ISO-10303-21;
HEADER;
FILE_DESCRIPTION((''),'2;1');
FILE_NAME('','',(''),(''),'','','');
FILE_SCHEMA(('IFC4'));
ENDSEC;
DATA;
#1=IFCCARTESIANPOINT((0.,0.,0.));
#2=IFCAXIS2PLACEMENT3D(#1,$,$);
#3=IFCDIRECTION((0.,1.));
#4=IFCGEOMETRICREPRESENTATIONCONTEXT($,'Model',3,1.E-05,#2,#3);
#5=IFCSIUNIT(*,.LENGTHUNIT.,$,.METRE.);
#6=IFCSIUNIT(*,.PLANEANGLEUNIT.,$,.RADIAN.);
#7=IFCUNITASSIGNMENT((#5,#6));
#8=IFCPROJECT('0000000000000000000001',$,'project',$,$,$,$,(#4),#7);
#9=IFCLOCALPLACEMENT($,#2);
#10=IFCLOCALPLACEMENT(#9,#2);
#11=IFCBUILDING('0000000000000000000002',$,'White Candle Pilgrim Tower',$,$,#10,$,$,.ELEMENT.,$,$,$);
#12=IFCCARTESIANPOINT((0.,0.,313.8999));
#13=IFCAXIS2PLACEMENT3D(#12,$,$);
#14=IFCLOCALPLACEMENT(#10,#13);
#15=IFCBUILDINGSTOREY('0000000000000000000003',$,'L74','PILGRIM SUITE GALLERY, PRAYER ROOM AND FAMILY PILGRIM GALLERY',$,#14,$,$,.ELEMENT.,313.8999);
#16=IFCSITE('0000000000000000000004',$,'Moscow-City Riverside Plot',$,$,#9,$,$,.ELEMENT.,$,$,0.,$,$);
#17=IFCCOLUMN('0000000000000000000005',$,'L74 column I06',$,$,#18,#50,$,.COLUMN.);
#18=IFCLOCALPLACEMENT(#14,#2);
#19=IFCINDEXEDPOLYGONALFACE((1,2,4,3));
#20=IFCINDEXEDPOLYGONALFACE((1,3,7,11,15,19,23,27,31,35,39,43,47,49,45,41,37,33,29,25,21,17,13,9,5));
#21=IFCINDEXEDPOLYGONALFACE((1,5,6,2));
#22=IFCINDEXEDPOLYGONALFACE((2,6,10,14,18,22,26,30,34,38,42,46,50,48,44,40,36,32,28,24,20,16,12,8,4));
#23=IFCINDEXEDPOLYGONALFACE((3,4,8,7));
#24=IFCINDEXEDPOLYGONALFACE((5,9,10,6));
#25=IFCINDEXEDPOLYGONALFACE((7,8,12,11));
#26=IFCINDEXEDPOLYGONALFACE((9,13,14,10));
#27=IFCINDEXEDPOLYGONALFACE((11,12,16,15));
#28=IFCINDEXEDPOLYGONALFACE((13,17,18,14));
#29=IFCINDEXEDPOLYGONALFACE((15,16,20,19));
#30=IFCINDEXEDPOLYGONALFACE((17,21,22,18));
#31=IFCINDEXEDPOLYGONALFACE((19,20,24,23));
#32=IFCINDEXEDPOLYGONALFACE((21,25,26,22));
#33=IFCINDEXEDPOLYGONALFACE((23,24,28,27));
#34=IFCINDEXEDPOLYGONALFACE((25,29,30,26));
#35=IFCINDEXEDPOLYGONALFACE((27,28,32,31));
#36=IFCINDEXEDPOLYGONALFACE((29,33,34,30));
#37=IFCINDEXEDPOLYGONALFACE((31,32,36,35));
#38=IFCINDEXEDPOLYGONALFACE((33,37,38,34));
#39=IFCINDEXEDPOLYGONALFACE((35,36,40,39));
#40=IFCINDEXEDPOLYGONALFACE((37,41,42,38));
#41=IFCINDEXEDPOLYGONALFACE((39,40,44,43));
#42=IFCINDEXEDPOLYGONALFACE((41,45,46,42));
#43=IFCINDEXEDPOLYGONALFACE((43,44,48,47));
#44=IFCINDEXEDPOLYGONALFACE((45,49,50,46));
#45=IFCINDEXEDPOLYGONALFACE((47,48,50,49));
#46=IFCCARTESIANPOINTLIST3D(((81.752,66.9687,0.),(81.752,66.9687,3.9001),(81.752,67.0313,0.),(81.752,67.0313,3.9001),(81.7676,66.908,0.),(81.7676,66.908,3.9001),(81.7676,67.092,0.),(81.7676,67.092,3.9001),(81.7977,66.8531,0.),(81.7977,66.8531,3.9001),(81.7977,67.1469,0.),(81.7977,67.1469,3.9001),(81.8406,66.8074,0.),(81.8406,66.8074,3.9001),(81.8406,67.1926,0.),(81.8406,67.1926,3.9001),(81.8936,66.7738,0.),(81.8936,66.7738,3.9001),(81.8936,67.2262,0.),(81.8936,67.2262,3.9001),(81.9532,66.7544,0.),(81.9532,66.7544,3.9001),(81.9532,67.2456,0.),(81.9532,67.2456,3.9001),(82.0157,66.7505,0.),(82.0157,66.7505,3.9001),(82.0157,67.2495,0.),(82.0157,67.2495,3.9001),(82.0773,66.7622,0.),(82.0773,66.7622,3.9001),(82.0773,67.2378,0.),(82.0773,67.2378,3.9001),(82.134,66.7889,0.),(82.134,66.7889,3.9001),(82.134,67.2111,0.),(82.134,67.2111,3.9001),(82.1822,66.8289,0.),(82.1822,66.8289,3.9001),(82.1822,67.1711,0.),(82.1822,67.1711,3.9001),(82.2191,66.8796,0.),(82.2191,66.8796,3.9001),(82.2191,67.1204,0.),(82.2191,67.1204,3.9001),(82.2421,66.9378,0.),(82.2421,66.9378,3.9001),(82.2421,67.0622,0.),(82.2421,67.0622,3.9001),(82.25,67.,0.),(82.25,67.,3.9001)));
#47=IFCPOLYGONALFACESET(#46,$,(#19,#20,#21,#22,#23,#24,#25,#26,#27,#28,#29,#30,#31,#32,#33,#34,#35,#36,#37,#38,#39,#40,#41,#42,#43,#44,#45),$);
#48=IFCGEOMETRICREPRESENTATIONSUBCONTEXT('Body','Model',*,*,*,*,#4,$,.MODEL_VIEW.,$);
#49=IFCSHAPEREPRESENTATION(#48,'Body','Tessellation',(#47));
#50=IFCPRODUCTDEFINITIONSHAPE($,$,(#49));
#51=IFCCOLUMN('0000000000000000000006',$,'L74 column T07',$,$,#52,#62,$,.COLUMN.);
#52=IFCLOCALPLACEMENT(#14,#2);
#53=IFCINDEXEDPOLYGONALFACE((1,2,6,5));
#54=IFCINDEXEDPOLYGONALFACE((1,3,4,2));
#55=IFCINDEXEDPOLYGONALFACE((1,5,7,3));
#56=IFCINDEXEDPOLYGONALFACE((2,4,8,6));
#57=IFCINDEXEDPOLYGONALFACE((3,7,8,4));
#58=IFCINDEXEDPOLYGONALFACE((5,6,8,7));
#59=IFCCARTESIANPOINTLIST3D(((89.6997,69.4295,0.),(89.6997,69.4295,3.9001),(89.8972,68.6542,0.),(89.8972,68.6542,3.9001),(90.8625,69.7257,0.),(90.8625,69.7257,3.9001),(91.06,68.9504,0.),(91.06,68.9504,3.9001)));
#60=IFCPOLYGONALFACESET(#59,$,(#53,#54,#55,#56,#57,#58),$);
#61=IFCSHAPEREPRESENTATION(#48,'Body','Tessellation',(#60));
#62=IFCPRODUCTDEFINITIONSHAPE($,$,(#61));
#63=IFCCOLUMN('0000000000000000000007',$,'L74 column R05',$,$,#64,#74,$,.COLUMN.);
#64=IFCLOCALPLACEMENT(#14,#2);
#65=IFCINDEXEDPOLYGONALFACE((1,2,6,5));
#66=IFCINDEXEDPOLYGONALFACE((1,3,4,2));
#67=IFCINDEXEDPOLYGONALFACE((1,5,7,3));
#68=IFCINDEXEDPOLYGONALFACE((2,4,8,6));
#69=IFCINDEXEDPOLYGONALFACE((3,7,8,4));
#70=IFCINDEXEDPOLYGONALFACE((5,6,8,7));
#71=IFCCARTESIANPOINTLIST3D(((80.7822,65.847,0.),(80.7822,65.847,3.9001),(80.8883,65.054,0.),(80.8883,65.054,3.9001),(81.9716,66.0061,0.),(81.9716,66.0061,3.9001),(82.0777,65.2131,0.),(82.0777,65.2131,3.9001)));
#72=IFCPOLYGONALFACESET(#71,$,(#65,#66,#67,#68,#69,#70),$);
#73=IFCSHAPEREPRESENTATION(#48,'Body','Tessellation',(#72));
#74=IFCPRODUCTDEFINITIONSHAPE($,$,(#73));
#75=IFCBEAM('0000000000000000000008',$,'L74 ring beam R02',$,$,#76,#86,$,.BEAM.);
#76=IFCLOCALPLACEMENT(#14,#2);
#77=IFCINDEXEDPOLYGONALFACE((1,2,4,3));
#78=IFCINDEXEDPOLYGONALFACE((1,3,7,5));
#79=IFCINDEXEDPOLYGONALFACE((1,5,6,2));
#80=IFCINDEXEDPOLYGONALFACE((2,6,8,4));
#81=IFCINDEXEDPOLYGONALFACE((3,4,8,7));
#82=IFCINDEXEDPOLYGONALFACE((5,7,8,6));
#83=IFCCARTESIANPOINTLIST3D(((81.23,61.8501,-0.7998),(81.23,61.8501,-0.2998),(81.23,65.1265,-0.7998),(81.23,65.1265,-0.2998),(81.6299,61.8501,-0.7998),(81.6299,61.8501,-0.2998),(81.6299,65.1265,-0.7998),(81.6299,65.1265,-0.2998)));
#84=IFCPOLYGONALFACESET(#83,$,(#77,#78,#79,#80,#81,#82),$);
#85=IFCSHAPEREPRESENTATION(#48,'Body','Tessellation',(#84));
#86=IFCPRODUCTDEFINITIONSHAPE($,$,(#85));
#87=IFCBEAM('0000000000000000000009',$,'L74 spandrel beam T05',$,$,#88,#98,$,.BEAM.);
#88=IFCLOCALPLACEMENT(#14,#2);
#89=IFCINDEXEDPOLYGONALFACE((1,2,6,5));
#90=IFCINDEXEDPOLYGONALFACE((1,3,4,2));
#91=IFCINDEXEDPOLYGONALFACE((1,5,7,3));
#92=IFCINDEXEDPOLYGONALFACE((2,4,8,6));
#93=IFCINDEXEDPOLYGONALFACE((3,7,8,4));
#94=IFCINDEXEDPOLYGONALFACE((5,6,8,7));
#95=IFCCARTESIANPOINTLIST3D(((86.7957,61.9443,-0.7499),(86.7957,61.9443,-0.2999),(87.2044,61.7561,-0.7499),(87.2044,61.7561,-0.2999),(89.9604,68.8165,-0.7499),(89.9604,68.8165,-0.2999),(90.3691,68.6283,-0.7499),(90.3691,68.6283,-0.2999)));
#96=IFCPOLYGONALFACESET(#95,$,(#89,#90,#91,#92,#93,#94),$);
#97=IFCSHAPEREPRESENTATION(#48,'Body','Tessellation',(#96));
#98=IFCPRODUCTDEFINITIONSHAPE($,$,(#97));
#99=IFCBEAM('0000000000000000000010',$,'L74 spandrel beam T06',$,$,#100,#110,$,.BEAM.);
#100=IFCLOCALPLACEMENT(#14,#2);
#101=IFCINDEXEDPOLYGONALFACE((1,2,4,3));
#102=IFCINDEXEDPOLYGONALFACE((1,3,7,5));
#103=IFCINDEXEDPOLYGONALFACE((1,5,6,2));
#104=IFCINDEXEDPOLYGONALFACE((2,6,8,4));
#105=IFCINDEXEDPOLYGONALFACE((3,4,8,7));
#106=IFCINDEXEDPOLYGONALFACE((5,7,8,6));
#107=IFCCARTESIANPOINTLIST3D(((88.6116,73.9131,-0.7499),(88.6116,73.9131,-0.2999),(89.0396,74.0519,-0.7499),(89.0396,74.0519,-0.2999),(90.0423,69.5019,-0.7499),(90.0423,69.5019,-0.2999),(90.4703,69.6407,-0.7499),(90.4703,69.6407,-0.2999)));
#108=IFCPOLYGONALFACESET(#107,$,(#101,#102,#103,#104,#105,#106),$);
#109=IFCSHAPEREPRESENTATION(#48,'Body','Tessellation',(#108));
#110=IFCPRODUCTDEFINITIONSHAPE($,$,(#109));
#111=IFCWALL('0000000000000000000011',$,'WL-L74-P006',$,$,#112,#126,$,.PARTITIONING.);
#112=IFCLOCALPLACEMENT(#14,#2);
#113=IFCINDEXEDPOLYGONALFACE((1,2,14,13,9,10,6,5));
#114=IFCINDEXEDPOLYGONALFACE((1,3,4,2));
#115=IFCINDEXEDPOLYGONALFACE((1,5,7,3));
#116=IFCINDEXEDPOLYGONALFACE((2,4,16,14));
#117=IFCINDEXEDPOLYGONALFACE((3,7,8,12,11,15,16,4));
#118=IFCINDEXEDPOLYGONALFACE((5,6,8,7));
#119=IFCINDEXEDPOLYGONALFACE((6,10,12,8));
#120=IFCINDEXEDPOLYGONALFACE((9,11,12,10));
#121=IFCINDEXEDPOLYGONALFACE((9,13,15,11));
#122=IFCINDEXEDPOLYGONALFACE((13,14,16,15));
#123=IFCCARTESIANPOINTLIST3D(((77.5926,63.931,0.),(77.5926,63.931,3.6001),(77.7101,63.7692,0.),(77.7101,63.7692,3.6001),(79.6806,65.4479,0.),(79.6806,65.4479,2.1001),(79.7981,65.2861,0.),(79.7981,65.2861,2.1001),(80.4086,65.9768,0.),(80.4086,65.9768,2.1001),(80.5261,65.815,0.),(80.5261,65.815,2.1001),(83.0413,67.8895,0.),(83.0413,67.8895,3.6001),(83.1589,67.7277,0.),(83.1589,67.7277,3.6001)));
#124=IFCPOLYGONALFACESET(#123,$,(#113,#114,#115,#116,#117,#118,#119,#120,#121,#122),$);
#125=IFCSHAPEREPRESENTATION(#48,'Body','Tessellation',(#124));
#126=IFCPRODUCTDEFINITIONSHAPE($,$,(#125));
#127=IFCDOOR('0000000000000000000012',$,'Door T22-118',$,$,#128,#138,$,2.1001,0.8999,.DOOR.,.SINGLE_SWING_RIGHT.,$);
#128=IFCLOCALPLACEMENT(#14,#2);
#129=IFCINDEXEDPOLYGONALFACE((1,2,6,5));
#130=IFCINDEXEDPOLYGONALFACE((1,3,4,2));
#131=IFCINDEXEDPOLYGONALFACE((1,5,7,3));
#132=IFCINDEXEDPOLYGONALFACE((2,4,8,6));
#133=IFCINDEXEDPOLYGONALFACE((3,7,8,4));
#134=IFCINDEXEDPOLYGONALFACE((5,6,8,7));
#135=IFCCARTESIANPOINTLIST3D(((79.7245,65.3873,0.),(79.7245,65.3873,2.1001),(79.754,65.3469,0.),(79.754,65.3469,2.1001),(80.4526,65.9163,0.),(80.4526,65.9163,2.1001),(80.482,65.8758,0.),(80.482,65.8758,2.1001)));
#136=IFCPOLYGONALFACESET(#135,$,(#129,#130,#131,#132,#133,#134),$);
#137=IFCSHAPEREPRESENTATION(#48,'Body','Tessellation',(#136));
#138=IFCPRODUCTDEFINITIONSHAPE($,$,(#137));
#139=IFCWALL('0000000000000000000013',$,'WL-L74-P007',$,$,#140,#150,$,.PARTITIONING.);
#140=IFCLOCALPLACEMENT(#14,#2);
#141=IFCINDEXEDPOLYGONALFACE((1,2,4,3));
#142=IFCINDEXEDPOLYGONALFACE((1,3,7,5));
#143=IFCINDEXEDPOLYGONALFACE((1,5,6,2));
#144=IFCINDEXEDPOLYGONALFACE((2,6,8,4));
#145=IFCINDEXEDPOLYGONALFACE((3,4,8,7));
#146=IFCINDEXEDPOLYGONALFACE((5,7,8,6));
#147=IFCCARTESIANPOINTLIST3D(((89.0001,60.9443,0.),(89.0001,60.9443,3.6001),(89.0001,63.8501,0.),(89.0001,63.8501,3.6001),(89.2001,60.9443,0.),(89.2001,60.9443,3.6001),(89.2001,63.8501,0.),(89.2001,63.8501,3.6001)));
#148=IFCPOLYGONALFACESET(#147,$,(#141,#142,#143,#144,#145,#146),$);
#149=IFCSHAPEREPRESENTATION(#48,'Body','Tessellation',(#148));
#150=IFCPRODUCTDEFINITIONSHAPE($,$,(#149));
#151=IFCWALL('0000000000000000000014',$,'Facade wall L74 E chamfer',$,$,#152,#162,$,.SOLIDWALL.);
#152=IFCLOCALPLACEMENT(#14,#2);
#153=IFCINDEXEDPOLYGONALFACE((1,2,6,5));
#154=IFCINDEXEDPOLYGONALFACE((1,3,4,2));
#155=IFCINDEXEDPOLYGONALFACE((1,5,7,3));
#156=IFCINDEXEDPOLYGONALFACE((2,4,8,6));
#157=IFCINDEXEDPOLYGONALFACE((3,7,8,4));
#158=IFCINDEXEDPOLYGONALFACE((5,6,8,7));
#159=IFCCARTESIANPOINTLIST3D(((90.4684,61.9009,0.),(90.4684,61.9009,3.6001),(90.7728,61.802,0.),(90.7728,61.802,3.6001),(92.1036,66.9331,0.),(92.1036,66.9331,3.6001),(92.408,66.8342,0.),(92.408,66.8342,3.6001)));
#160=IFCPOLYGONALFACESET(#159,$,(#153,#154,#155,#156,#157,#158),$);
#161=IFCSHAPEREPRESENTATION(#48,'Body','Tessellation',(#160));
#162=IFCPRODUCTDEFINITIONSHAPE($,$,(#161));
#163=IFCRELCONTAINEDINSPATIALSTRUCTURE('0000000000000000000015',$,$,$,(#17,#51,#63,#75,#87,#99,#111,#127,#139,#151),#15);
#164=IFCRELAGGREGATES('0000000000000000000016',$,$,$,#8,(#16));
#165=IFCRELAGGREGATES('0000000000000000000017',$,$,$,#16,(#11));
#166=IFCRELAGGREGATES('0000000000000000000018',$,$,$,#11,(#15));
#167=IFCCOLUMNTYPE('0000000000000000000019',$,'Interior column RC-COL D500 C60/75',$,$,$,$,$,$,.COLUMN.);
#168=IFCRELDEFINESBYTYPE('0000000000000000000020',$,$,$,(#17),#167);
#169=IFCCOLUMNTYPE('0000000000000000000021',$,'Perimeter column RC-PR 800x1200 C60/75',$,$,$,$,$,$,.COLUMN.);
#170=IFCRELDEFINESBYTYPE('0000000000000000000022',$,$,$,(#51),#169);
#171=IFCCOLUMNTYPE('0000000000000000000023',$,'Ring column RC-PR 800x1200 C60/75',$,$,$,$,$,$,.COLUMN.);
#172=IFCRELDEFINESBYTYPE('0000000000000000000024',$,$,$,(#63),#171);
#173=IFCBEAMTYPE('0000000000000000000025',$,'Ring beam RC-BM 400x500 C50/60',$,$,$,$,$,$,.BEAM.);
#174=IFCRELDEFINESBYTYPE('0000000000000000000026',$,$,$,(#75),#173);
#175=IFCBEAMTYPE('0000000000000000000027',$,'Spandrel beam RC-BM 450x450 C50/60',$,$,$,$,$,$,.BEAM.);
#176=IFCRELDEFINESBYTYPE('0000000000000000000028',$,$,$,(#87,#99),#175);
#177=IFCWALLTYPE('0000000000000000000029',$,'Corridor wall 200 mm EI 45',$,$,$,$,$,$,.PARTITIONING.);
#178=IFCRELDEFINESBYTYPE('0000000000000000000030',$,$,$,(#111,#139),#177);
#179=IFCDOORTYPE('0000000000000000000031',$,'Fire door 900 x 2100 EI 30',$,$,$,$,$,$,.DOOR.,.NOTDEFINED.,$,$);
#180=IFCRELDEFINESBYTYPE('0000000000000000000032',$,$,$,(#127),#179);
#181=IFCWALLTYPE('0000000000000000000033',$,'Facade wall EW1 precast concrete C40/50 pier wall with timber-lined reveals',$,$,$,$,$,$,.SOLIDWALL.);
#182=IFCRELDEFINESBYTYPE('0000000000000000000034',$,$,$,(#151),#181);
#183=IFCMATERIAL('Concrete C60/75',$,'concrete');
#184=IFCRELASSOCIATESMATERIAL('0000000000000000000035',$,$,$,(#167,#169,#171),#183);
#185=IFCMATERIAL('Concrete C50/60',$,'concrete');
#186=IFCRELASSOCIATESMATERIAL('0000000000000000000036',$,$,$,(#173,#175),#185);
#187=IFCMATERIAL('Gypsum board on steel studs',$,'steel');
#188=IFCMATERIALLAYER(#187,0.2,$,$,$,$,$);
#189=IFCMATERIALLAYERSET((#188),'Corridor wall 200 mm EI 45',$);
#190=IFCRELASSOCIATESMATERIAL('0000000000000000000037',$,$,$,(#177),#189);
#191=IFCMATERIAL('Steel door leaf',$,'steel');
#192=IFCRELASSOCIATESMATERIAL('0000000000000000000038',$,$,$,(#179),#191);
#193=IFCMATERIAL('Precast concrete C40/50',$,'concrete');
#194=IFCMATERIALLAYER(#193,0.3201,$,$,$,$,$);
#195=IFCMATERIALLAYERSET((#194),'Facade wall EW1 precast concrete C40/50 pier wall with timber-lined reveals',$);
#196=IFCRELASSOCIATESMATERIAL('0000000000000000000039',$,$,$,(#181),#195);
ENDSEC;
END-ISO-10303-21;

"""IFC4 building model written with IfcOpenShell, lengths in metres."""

from ifc_helpers import new_model, si_unit, direction, frame, frame_2d, origin, origin_2d, place, context, subcontext, project, spatial, rectangle, circle, extrude, material, layer, layer_set, material_profile, profile_set, type_object, element, fill, save


model = new_model("IFC4")

# Units and contexts
model_context = context("Model", 3, precision=1e-05, world=origin(), true_north=direction((0.0, 1.0)))
body_context = subcontext(model_context, "Body", "Model", "MODEL_VIEW")
ifc_project = project(units=[si_unit("LENGTHUNIT", "METRE"), si_unit("PLANEANGLEUNIT", "RADIAN")], contexts=[model_context])

# Site, building, storey
site_placement = place(None, origin())
site = spatial("IfcSite", under=ifc_project, at=site_placement, Name="Moscow-City Riverside Plot", CompositionType="ELEMENT", RefElevation=0.0)
building_placement = place(site_placement, origin())
building = spatial("IfcBuilding", under=site, at=building_placement, Name="White Candle Pilgrim Tower", CompositionType="ELEMENT")
storey_placement = place(building_placement, frame((0.0, 0.0, 313.8999)))
storey = spatial("IfcBuildingStorey", under=building, at=storey_placement, Name="L74", Description="PILGRIM SUITE GALLERY, PRAYER ROOM AND FAMILY PILGRIM GALLERY", CompositionType="ELEMENT", Elevation=313.8999)

# Columns
ifc_material_1 = material(Name="Concrete C60/75", Category="concrete")
ifc_material_profile_1 = material_profile(ifc_material_1, circle(Radius=0.25, at=origin_2d()), Name="RC-COL D500")
ifc_profile_set_1 = profile_set([ifc_material_profile_1], Name="Concrete C60/75")
column_type_1 = type_object("IfcColumnType", Name="Interior column RC-COL D500 C60/75", PredefinedType="COLUMN", material=ifc_profile_set_1)
column_1_placement = place(storey_placement, frame((82.0, 67.0, 0.0), z_axis=(0.0, 0.0, 1.0), x_axis=(1.0, 0.0, 0.0)))
element("IfcColumn", 1, at=column_1_placement, inside=storey, type_object=column_type_1, Name="L74 column I06", PredefinedType="COLUMN", context=body_context, shape_type="SweptSolid", body=[
    extrude(circle(Radius=0.25, at=origin_2d()), origin(), (0.0, 0.0, 1.0), 3.9001),
])
ifc_material_profile_2 = material_profile(ifc_material_1, rectangle(XDim=0.8, YDim=1.2, at=origin_2d()), Name="RC-PR 800x1200")
ifc_profile_set_2 = profile_set([ifc_material_profile_2], Name="Concrete C60/75")
column_type_2 = type_object("IfcColumnType", Name="Perimeter column RC-PR 800x1200 C60/75", PredefinedType="COLUMN", material=ifc_profile_set_2)
column_2_placement = place(storey_placement, frame((90.3799, 69.1899, 0.0), z_axis=(0.0, 0.0, 1.0), x_axis=(0.246881, -0.969046, 0.0)))
element("IfcColumn", 2, at=column_2_placement, inside=storey, type_object=column_type_2, Name="L74 column T07", PredefinedType="COLUMN", context=body_context, shape_type="SweptSolid", body=[
    extrude(rectangle(XDim=0.8, YDim=1.2, at=origin_2d()), origin(), (0.0, 0.0, 1.0), 3.9001),
])
ifc_material_profile_3 = material_profile(ifc_material_1, rectangle(XDim=0.8, YDim=1.2, at=origin_2d()), Name="RC-PR 800x1200")
ifc_profile_set_3 = profile_set([ifc_material_profile_3], Name="Concrete C60/75")
column_type_3 = type_object("IfcColumnType", Name="Ring column RC-PR 800x1200 C60/75", PredefinedType="COLUMN", material=ifc_profile_set_3)
column_3_placement = place(storey_placement, frame((81.4299, 65.53, 0.0), z_axis=(0.0, 0.0, 1.0), x_axis=(0.132602, -0.991169, 0.0)))
element("IfcColumn", 3, at=column_3_placement, inside=storey, type_object=column_type_3, Name="L74 column R05", PredefinedType="COLUMN", context=body_context, shape_type="SweptSolid", body=[
    extrude(rectangle(XDim=0.8, YDim=1.2, at=origin_2d()), origin(), (0.0, 0.0, 1.0), 3.9001),
])

# Beams
ifc_material_2 = material(Name="Concrete C50/60", Category="concrete")
ifc_material_profile_4 = material_profile(ifc_material_2, rectangle(XDim=0.3999, YDim=0.5, at=origin_2d()), Name="RC-BM 400x500")
ifc_profile_set_4 = profile_set([ifc_material_profile_4], Name="Concrete C50/60")
beam_type_1 = type_object("IfcBeamType", Name="Ring beam RC-BM 400x500 C50/60", PredefinedType="BEAM", material=ifc_profile_set_4)
beam_1_placement = place(storey_placement, frame((81.4299, 65.1265, -0.5498), z_axis=(0.0, -1.0, 0.0), x_axis=(1.0, 0.0, 0.0)))
element("IfcBeam", 4, at=beam_1_placement, inside=storey, type_object=beam_type_1, Name="L74 ring beam R02", PredefinedType="BEAM", context=body_context, shape_type="SweptSolid", body=[
    extrude(rectangle(XDim=0.3999, YDim=0.5, at=origin_2d()), origin(), (0.0, 0.0, 1.0), 3.2764),
])
ifc_material_profile_5 = material_profile(ifc_material_2, rectangle(XDim=0.45, YDim=0.45, at=origin_2d()), Name="RC-BM 450x450")
ifc_profile_set_5 = profile_set([ifc_material_profile_5], Name="Concrete C50/60")
beam_type_2 = type_object("IfcBeamType", Name="Spandrel beam RC-BM 450x450 C50/60", PredefinedType="BEAM", material=ifc_profile_set_5)
beam_2_placement = place(storey_placement, frame((90.1648, 68.7224, -0.5249), z_axis=(-0.418291, -0.908313, 0.0), x_axis=(0.908313, -0.418291, 0.0)))
element("IfcBeam", 5, at=beam_2_placement, inside=storey, type_object=beam_type_2, Name="L74 spandrel beam T05", PredefinedType="BEAM", context=body_context, shape_type="SweptSolid", body=[
    extrude(rectangle(XDim=0.45, YDim=0.45, at=origin_2d()), origin(), (0.0, 0.0, 1.0), 7.5659),
])
beam_3_placement = place(storey_placement, frame((90.2563, 69.5713, -0.5249), z_axis=(-0.30851, 0.951221, 0.0), x_axis=(-0.951221, -0.30851, 0.0)))
element("IfcBeam", 6, at=beam_3_placement, inside=storey, type_object=beam_type_2, Name="L74 spandrel beam T06", PredefinedType="BEAM", context=body_context, shape_type="SweptSolid", body=[
    extrude(rectangle(XDim=0.45, YDim=0.45, at=origin_2d()), origin(), (0.0, 0.0, 1.0), 4.6375),
])

# Wall, opening, door
ifc_material_3 = material(Name="Gypsum board on steel studs", Category="steel")
ifc_layer_1 = layer(ifc_material_3, 0.2)
ifc_layer_set_1 = layer_set([ifc_layer_1], Name="Corridor wall 200 mm EI 45")
wall_type_1 = type_object("IfcWallType", Name="Corridor wall 200 mm EI 45", PredefinedType="PARTITIONING", material=ifc_layer_set_1)
wall_1_placement = place(storey_placement, frame((83.1001, 67.8086, 0.0), z_axis=(0.0, 0.0, 1.0), x_axis=(-0.809034, -0.587762, 0.0)))
wall_1 = element("IfcWall", 7, at=wall_1_placement, inside=storey, type_object=wall_type_1, Name="WL-L74-P006", PredefinedType="PARTITIONING", context=body_context, shape_type="SweptSolid", body=[
    extrude(rectangle(XDim=6.7349, YDim=0.2, at=frame_2d((3.3674, 0.0))), origin(), (0.0, 0.0, 1.0), 3.6001),
])
opening_1_placement = place(wall_1_placement, frame((3.2542, 0.0, 0.0)))
opening_1 = element("IfcOpeningElement", 8, at=opening_1_placement, cuts=wall_1, PredefinedType="OPENING", context=body_context, shape_type="SweptSolid", body=[
    extrude(rectangle(XDim=0.8999, YDim=2.1001, at=frame_2d((0.45, 1.05))), frame((0.0, 0.1099, 0.0), z_axis=(0.0, -1.0, 0.0), x_axis=(1.0, 0.0, 0.0)), (0.0, 0.0, 1.0), 0.22),
])
ifc_material_4 = material(Name="Steel door leaf", Category="steel")
door_type = type_object("IfcDoorType", Name="Fire door 900 x 2100 EI 30", OperationType="NOTDEFINED", PredefinedType="DOOR", material=ifc_material_4)
door_1_placement = place(opening_1_placement, origin())
door_1 = element("IfcDoor", 9, at=door_1_placement, inside=storey, type_object=door_type, Name="Door T22-118", OperationType="SINGLE_SWING_RIGHT", OverallHeight=2.1001, OverallWidth=0.8999, PredefinedType="DOOR", context=body_context, shape_type="SweptSolid", body=[
    extrude(rectangle(XDim=0.8999, YDim=2.1001, at=frame_2d((0.45, 1.05))), frame((0.0, 0.0249, 0.0), z_axis=(0.0, -1.0, 0.0), x_axis=(1.0, 0.0, 0.0)), (0.0, 0.0, 1.0), 0.05),
])
fill(opening_1, door_1)

# Walls
wall_2_placement = place(storey_placement, frame((89.1001, 63.8501, 0.0), z_axis=(0.0, 0.0, 1.0), x_axis=(0.0, -1.0, 0.0)))
element("IfcWall", 10, at=wall_2_placement, inside=storey, type_object=wall_type_1, Name="WL-L74-P007", PredefinedType="PARTITIONING", context=body_context, shape_type="SweptSolid", body=[
    extrude(rectangle(XDim=2.9058, YDim=0.2, at=frame_2d((1.4529, 0.0))), origin(), (0.0, 0.0, 1.0), 3.6001),
])
ifc_material_5 = material(Name="Precast concrete C40/50", Category="concrete")
ifc_layer_2 = layer(ifc_material_5, 0.3201)
ifc_layer_set_2 = layer_set([ifc_layer_2], Name="Facade wall EW1 precast concrete C40/50 pier wall with timber-lined reveals")
wall_type_2 = type_object("IfcWallType", Name="Facade wall EW1 precast concrete C40/50 pier wall with timber-lined reveals", PredefinedType="SOLIDWALL", material=ifc_layer_set_2)
wall_3_placement = place(storey_placement, frame((90.6206, 61.8516, 0.0), z_axis=(0.0, 0.0, 1.0), x_axis=(0.309049, 0.951046, 0.0)))
element("IfcWall", 11, at=wall_3_placement, inside=storey, type_object=wall_type_2, Name="Facade wall L74 E chamfer", PredefinedType="SOLIDWALL", context=body_context, shape_type="SweptSolid", body=[
    extrude(rectangle(XDim=5.2913, YDim=0.3201, at=frame_2d((2.6455, 0.0))), origin(), (0.0, 0.0, 1.0), 3.6001),
])

save(model, "model.ifc")
